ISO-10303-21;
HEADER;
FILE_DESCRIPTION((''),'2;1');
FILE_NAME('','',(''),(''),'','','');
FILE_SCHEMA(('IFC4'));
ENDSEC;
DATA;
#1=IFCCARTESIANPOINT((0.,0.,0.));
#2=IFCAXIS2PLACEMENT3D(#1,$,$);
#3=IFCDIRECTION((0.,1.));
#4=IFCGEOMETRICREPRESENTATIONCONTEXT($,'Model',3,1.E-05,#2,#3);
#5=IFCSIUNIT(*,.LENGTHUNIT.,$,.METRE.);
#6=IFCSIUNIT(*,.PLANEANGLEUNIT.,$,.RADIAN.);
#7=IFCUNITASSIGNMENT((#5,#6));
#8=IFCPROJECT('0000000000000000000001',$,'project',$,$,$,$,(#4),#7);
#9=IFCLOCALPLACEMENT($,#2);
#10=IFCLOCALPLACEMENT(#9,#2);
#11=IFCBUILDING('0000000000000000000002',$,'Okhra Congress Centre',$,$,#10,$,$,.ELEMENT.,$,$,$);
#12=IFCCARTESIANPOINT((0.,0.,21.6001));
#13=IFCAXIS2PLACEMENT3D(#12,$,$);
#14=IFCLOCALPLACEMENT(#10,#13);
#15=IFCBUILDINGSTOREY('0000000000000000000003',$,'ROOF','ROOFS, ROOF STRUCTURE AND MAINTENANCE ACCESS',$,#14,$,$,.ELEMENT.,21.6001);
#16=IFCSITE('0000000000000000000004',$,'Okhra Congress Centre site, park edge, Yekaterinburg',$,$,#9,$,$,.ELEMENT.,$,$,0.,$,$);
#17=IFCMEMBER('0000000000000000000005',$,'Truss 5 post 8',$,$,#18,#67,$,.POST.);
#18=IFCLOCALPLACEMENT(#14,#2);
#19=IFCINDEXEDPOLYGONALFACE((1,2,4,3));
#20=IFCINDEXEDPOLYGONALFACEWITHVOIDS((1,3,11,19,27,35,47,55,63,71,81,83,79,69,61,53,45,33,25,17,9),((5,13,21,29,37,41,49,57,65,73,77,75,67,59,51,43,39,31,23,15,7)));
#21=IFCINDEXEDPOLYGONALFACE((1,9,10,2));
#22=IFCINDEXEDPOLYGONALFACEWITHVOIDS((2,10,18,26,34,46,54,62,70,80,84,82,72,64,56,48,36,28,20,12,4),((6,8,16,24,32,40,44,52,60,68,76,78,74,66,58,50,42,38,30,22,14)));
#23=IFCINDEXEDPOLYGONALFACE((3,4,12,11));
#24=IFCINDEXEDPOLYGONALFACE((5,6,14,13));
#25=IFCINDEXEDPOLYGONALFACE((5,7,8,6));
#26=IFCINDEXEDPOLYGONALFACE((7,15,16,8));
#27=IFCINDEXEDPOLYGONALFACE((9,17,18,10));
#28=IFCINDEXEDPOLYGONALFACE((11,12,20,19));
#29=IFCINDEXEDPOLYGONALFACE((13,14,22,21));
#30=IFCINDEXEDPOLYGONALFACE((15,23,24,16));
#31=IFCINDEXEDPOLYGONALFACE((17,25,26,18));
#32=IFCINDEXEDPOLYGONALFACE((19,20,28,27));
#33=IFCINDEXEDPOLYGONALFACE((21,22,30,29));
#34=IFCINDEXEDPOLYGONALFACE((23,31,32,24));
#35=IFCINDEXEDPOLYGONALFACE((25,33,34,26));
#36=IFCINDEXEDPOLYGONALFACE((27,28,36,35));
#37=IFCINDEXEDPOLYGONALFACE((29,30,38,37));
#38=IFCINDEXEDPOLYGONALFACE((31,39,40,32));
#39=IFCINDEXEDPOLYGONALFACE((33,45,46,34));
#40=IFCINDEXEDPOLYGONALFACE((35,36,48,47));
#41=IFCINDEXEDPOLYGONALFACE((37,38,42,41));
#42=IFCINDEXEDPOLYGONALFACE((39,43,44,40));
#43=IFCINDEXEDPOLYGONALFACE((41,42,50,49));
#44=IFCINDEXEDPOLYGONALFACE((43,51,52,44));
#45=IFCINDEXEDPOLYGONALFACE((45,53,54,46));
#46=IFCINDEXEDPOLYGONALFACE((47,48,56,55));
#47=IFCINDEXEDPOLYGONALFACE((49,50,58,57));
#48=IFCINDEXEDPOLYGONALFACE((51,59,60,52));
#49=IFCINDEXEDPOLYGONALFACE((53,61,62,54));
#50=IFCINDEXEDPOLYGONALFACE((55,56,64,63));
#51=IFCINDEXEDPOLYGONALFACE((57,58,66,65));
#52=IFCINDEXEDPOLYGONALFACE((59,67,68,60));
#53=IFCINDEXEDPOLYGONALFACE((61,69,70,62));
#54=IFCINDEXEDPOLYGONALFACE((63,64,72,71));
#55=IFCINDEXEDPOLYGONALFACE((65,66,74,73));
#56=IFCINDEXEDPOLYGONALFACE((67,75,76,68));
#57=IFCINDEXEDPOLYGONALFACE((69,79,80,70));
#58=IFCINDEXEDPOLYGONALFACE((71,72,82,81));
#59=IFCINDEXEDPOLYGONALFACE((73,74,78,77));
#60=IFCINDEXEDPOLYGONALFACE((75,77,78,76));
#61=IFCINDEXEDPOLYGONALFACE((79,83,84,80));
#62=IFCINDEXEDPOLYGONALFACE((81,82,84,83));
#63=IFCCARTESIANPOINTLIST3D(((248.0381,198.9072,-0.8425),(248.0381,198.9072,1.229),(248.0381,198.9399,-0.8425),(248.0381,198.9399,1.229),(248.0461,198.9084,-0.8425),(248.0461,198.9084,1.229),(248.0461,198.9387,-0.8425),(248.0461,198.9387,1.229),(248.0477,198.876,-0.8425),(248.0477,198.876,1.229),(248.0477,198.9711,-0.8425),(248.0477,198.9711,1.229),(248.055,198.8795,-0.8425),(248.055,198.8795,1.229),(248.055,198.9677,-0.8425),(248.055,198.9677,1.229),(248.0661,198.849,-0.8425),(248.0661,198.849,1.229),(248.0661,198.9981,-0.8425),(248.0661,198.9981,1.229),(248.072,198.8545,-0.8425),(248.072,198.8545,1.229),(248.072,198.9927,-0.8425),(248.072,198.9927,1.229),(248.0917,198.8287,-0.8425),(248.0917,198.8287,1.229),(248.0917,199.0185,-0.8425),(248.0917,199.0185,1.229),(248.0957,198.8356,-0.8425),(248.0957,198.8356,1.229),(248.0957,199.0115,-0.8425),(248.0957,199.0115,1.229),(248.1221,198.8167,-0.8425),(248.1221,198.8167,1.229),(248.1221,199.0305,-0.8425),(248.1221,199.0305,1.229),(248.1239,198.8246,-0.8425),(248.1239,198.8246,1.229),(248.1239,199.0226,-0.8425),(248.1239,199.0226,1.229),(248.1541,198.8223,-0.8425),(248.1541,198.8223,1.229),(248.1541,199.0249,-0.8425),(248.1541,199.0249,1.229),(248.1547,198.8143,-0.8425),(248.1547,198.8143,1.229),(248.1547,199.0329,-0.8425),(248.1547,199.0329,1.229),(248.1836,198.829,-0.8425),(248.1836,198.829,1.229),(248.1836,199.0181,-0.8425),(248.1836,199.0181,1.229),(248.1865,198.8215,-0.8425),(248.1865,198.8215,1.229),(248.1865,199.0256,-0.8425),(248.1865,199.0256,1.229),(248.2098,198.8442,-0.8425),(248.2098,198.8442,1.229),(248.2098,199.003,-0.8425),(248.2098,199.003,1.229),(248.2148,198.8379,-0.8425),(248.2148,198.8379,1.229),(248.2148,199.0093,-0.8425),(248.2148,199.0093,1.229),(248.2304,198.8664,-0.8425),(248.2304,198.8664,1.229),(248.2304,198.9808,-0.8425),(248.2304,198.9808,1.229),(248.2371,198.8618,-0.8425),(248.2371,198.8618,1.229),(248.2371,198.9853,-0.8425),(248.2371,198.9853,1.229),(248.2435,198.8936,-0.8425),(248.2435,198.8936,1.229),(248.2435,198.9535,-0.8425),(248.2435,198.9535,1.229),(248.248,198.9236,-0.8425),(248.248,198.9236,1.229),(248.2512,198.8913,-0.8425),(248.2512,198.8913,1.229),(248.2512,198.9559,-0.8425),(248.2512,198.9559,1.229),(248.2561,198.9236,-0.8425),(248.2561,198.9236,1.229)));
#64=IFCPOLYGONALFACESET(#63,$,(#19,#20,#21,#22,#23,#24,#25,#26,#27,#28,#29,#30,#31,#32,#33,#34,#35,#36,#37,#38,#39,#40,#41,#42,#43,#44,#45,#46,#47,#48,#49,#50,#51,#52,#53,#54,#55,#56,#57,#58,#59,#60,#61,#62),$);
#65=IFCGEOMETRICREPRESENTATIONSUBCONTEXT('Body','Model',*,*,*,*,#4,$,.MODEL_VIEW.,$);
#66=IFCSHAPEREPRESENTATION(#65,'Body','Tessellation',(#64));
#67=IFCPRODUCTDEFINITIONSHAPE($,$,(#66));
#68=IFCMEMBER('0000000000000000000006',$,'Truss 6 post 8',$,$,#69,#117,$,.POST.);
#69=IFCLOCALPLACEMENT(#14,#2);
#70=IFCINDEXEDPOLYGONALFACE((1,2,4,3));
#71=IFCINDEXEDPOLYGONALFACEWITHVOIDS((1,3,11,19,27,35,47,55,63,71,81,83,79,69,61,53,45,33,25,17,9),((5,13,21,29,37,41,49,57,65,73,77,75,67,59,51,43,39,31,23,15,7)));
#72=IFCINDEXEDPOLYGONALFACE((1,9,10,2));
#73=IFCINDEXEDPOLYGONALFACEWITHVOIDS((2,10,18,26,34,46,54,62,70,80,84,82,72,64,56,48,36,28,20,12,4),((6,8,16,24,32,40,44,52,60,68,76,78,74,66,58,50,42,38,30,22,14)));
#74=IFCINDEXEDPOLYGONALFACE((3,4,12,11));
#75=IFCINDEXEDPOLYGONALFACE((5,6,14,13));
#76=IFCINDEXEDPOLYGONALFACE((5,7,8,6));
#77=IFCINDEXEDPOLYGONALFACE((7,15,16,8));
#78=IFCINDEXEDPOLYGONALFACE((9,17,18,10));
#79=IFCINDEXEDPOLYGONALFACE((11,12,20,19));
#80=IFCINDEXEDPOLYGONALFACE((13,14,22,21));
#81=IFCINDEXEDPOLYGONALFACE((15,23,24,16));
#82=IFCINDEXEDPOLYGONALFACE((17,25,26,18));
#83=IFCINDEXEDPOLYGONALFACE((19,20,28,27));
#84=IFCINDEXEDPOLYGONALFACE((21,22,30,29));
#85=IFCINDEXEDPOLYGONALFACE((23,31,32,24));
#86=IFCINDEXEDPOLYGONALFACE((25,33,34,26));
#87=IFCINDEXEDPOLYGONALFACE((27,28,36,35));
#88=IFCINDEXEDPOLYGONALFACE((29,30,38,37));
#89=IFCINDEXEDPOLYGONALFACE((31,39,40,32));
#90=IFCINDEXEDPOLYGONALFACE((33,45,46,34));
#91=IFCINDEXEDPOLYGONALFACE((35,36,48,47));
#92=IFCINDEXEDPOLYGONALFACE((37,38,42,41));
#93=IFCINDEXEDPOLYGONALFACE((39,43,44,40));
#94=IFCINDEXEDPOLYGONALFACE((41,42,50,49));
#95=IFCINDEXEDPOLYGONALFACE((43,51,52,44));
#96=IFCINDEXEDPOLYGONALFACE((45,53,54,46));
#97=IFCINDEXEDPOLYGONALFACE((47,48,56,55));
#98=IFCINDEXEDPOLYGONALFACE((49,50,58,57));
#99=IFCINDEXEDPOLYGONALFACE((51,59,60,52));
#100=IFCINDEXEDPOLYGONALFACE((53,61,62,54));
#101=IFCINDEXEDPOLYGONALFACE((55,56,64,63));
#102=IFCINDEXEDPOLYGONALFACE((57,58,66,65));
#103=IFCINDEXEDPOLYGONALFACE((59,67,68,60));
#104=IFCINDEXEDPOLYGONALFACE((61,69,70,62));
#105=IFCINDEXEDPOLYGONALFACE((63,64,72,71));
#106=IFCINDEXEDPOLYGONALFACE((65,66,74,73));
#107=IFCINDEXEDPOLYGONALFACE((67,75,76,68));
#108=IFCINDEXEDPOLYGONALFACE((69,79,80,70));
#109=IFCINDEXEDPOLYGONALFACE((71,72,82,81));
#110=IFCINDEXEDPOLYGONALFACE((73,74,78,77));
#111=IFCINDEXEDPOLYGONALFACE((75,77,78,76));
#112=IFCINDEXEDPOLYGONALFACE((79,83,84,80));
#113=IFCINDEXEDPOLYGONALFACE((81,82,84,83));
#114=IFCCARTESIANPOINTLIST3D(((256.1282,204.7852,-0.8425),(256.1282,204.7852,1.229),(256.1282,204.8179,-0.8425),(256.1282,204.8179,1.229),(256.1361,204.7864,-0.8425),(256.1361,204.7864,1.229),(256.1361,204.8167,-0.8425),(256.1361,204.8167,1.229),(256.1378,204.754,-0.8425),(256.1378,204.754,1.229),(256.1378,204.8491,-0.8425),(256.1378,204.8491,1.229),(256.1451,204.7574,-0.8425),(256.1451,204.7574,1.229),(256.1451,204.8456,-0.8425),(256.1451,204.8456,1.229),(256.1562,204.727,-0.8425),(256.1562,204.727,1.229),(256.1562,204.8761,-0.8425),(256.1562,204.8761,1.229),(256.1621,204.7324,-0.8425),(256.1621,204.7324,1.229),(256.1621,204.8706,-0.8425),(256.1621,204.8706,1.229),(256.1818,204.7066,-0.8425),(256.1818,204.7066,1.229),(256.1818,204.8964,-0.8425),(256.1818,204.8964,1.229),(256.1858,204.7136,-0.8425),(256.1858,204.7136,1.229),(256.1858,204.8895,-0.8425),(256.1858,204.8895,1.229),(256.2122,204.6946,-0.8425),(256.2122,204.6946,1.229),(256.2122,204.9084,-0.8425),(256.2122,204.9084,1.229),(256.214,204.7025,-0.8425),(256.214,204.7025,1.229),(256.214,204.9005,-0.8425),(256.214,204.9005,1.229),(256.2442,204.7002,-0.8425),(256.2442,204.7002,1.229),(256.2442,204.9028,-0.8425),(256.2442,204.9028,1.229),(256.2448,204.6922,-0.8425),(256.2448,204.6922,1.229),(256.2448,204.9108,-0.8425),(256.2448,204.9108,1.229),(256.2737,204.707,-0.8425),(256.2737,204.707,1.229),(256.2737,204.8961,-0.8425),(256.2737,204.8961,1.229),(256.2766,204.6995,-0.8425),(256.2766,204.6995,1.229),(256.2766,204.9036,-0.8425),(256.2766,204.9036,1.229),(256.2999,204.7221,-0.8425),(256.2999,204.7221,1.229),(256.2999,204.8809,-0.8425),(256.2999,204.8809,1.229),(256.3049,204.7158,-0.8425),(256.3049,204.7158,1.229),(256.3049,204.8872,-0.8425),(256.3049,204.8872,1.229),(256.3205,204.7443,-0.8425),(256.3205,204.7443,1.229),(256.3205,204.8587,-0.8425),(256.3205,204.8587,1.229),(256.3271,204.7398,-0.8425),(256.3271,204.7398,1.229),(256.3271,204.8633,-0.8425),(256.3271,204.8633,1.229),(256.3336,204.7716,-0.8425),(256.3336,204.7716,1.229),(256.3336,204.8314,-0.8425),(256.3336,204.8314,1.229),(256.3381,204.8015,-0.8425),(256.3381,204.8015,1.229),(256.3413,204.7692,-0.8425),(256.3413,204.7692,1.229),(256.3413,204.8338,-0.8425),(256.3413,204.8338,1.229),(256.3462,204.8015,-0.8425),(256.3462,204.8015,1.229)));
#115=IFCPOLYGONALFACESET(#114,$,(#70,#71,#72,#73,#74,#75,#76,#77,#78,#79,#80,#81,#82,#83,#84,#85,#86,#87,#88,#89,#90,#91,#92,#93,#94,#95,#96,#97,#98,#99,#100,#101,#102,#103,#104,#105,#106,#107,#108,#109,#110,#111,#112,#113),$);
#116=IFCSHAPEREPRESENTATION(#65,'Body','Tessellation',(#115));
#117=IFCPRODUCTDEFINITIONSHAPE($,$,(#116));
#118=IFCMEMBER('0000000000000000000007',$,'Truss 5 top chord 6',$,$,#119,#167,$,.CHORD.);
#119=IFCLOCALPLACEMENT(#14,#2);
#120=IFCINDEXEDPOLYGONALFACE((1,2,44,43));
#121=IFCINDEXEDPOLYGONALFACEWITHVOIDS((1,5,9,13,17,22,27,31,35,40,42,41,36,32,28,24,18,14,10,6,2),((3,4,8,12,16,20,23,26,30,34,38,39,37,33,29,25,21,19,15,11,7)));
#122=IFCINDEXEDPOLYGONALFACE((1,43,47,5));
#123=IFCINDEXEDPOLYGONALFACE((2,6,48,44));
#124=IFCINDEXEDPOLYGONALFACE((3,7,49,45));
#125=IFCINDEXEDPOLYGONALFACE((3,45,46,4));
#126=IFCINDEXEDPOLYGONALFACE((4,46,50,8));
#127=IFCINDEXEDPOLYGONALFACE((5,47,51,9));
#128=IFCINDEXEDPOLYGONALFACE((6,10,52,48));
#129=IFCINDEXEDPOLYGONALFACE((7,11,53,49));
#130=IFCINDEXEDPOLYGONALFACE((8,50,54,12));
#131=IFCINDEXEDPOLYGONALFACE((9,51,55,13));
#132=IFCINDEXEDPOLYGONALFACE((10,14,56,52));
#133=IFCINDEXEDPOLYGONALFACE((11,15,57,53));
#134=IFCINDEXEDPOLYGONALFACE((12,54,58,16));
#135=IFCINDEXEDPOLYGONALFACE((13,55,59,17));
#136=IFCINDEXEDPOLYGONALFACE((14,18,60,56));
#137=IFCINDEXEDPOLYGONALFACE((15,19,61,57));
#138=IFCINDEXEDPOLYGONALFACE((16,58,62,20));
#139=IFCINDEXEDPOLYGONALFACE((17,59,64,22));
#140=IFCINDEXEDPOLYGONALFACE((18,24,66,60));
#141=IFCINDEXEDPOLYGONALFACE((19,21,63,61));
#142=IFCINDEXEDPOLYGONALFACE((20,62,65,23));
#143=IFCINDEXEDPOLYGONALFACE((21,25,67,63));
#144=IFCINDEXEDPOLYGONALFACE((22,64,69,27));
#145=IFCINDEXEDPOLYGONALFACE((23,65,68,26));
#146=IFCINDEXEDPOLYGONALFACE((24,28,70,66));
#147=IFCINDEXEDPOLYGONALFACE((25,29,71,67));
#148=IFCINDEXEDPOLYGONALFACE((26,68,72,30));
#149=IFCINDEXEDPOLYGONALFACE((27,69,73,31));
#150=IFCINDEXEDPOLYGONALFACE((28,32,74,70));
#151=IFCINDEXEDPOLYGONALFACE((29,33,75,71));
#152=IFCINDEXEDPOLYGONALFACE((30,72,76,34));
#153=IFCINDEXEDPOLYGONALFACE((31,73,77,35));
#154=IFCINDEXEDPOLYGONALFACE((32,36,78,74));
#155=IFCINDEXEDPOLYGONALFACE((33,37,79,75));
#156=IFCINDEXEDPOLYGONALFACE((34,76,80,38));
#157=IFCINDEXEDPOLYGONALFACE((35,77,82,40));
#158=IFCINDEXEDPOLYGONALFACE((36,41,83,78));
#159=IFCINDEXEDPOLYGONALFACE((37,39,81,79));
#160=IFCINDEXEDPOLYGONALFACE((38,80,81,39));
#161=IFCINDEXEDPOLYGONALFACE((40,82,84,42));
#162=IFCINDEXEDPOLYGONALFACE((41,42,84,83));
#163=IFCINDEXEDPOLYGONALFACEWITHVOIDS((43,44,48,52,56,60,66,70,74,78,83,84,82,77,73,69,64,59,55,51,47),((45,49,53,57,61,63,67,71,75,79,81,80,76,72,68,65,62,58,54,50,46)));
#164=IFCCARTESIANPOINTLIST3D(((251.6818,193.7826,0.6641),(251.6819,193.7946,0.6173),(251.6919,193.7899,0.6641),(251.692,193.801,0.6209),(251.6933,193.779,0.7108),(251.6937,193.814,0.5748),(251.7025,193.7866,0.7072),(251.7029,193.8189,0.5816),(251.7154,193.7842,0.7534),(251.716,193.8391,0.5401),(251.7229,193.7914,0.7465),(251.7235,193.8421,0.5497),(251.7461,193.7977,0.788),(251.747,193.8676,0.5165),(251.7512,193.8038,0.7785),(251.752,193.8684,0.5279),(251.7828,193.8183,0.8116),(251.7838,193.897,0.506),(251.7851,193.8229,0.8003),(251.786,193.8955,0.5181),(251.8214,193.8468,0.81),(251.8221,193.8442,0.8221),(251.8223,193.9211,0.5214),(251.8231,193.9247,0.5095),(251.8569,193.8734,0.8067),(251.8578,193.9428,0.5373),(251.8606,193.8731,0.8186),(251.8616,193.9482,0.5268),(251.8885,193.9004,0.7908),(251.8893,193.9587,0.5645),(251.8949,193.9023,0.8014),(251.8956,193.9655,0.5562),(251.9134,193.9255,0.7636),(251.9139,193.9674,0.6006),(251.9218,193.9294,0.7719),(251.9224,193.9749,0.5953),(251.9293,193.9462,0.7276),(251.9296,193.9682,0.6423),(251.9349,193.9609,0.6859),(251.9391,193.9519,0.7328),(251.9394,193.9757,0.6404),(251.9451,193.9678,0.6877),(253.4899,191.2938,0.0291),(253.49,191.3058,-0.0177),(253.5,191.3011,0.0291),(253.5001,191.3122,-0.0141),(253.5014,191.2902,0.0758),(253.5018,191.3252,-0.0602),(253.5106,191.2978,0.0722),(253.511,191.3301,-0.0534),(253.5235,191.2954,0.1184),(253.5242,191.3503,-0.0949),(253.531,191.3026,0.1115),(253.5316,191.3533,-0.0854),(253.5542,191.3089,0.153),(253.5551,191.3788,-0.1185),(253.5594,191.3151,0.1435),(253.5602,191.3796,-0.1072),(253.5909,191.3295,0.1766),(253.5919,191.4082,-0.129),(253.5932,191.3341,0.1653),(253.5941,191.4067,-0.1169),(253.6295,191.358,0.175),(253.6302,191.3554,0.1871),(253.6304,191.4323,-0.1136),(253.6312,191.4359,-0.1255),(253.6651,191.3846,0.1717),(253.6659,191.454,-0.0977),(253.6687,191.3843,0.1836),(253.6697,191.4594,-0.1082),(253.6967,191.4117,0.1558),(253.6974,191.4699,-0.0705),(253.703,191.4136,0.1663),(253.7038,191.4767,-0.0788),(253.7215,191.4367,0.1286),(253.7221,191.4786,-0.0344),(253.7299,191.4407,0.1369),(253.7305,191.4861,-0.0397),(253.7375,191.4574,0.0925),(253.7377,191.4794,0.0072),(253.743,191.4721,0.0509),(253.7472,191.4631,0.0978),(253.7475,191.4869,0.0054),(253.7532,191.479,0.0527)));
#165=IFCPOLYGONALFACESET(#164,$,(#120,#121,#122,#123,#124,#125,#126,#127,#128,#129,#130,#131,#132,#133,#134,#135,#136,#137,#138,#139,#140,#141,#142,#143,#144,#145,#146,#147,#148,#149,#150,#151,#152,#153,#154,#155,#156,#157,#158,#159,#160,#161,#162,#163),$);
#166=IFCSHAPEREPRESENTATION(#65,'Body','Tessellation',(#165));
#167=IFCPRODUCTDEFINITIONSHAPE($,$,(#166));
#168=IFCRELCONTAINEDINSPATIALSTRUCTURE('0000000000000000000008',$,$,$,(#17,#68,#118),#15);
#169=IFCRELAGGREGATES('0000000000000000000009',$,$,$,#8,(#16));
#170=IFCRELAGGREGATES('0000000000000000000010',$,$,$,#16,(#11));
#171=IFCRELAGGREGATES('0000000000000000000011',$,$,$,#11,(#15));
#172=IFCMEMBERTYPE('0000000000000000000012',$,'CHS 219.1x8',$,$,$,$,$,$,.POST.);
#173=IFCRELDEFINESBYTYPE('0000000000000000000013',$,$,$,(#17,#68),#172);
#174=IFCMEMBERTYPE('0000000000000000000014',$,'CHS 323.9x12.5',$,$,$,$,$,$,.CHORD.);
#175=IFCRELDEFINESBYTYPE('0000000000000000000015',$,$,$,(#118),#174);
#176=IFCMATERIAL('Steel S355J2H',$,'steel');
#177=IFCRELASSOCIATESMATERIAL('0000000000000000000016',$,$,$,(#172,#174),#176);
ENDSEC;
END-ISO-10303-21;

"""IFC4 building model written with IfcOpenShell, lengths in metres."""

from ifc_helpers import new_model, si_unit, direction, frame, origin, origin_2d, place, context, subcontext, project, spatial, hollow_circle, extrude, material, material_profile, profile_set, type_object, element, save


model = new_model("IFC4")

# Units and contexts
model_context = context("Model", 3, precision=1e-05, world=origin(), true_north=direction((0.0, 1.0)))
body_context = subcontext(model_context, "Body", "Model", "MODEL_VIEW")
ifc_project = project(units=[si_unit("LENGTHUNIT", "METRE"), si_unit("PLANEANGLEUNIT", "RADIAN")], contexts=[model_context])

# Site, building, storey
site_placement = place(None, origin())
site = spatial("IfcSite", under=ifc_project, at=site_placement, Name="Okhra Congress Centre site, park edge, Yekaterinburg", CompositionType="ELEMENT", RefElevation=0.0)
building_placement = place(site_placement, origin())
building = spatial("IfcBuilding", under=site, at=building_placement, Name="Okhra Congress Centre", CompositionType="ELEMENT")
storey_placement = place(building_placement, frame((0.0, 0.0, 21.6001)))
storey = spatial("IfcBuildingStorey", under=building, at=storey_placement, Name="ROOF", Description="ROOFS, ROOF STRUCTURE AND MAINTENANCE ACCESS", CompositionType="ELEMENT", Elevation=21.6001)

# Members
ifc_material_1 = material(Name="Steel S355J2H", Category="steel")
ifc_material_profile_1 = material_profile(ifc_material_1, hollow_circle(Radius=0.1096, WallThickness=0.0081, at=origin_2d()), Name="CHS 219.1x8")
ifc_profile_set_1 = profile_set([ifc_material_profile_1], Name="Steel S355J2H")
member_type_1 = type_object("IfcMemberType", Name="CHS 219.1x8", PredefinedType="POST", material=ifc_profile_set_1)
for number, where, z_axis, x_axis, name in (
    (1, (248.1465, 198.9236, -0.8425), (0.0, 0.0, 1.0), (1.0, 0.0, 0.0), "Truss 5 post 8"),
    (2, (256.2366, 204.8015, -0.8425), (0.0, 0.0, 1.0), (1.0, 0.0, 0.0), "Truss 6 post 8"),
):
    element("IfcMember", number, at=place(storey_placement, frame(where, z_axis=z_axis, x_axis=x_axis)), inside=storey, type_object=member_type_1, Name=name, PredefinedType="POST", context=body_context, shape_type="SweptSolid", body=[
        extrude(hollow_circle(Radius=0.1096, WallThickness=0.0081, at=origin_2d()), origin(), (0.0, 0.0, 1.0), 2.0715),
    ])
ifc_material_profile_2 = material_profile(ifc_material_1, hollow_circle(Radius=0.1619, WallThickness=0.0125, at=origin_2d()), Name="CHS 323.9x12.5")
ifc_profile_set_2 = profile_set([ifc_material_profile_2], Name="Steel S355J2H")
member_type_2 = type_object("IfcMemberType", Name="CHS 323.9x12.5", PredefinedType="CHORD", material=ifc_profile_set_2)
for number, where, z_axis, x_axis, name in (
    (3, (253.6208, 191.3889, 0.0291), (-0.57563, 0.792326, 0.202162), (-0.809031, -0.587766, 0.0), "Truss 5 top chord 6"),
):
    element("IfcMember", number, at=place(storey_placement, frame(where, z_axis=z_axis, x_axis=x_axis)), inside=storey, type_object=member_type_2, Name=name, PredefinedType="CHORD", context=body_context, shape_type="SweptSolid", body=[
        extrude(hollow_circle(Radius=0.1619, WallThickness=0.0125, at=origin_2d()), origin(), (0.0, 0.0, 1.0), 3.1411),
    ])

save(model, "model.ifc")
